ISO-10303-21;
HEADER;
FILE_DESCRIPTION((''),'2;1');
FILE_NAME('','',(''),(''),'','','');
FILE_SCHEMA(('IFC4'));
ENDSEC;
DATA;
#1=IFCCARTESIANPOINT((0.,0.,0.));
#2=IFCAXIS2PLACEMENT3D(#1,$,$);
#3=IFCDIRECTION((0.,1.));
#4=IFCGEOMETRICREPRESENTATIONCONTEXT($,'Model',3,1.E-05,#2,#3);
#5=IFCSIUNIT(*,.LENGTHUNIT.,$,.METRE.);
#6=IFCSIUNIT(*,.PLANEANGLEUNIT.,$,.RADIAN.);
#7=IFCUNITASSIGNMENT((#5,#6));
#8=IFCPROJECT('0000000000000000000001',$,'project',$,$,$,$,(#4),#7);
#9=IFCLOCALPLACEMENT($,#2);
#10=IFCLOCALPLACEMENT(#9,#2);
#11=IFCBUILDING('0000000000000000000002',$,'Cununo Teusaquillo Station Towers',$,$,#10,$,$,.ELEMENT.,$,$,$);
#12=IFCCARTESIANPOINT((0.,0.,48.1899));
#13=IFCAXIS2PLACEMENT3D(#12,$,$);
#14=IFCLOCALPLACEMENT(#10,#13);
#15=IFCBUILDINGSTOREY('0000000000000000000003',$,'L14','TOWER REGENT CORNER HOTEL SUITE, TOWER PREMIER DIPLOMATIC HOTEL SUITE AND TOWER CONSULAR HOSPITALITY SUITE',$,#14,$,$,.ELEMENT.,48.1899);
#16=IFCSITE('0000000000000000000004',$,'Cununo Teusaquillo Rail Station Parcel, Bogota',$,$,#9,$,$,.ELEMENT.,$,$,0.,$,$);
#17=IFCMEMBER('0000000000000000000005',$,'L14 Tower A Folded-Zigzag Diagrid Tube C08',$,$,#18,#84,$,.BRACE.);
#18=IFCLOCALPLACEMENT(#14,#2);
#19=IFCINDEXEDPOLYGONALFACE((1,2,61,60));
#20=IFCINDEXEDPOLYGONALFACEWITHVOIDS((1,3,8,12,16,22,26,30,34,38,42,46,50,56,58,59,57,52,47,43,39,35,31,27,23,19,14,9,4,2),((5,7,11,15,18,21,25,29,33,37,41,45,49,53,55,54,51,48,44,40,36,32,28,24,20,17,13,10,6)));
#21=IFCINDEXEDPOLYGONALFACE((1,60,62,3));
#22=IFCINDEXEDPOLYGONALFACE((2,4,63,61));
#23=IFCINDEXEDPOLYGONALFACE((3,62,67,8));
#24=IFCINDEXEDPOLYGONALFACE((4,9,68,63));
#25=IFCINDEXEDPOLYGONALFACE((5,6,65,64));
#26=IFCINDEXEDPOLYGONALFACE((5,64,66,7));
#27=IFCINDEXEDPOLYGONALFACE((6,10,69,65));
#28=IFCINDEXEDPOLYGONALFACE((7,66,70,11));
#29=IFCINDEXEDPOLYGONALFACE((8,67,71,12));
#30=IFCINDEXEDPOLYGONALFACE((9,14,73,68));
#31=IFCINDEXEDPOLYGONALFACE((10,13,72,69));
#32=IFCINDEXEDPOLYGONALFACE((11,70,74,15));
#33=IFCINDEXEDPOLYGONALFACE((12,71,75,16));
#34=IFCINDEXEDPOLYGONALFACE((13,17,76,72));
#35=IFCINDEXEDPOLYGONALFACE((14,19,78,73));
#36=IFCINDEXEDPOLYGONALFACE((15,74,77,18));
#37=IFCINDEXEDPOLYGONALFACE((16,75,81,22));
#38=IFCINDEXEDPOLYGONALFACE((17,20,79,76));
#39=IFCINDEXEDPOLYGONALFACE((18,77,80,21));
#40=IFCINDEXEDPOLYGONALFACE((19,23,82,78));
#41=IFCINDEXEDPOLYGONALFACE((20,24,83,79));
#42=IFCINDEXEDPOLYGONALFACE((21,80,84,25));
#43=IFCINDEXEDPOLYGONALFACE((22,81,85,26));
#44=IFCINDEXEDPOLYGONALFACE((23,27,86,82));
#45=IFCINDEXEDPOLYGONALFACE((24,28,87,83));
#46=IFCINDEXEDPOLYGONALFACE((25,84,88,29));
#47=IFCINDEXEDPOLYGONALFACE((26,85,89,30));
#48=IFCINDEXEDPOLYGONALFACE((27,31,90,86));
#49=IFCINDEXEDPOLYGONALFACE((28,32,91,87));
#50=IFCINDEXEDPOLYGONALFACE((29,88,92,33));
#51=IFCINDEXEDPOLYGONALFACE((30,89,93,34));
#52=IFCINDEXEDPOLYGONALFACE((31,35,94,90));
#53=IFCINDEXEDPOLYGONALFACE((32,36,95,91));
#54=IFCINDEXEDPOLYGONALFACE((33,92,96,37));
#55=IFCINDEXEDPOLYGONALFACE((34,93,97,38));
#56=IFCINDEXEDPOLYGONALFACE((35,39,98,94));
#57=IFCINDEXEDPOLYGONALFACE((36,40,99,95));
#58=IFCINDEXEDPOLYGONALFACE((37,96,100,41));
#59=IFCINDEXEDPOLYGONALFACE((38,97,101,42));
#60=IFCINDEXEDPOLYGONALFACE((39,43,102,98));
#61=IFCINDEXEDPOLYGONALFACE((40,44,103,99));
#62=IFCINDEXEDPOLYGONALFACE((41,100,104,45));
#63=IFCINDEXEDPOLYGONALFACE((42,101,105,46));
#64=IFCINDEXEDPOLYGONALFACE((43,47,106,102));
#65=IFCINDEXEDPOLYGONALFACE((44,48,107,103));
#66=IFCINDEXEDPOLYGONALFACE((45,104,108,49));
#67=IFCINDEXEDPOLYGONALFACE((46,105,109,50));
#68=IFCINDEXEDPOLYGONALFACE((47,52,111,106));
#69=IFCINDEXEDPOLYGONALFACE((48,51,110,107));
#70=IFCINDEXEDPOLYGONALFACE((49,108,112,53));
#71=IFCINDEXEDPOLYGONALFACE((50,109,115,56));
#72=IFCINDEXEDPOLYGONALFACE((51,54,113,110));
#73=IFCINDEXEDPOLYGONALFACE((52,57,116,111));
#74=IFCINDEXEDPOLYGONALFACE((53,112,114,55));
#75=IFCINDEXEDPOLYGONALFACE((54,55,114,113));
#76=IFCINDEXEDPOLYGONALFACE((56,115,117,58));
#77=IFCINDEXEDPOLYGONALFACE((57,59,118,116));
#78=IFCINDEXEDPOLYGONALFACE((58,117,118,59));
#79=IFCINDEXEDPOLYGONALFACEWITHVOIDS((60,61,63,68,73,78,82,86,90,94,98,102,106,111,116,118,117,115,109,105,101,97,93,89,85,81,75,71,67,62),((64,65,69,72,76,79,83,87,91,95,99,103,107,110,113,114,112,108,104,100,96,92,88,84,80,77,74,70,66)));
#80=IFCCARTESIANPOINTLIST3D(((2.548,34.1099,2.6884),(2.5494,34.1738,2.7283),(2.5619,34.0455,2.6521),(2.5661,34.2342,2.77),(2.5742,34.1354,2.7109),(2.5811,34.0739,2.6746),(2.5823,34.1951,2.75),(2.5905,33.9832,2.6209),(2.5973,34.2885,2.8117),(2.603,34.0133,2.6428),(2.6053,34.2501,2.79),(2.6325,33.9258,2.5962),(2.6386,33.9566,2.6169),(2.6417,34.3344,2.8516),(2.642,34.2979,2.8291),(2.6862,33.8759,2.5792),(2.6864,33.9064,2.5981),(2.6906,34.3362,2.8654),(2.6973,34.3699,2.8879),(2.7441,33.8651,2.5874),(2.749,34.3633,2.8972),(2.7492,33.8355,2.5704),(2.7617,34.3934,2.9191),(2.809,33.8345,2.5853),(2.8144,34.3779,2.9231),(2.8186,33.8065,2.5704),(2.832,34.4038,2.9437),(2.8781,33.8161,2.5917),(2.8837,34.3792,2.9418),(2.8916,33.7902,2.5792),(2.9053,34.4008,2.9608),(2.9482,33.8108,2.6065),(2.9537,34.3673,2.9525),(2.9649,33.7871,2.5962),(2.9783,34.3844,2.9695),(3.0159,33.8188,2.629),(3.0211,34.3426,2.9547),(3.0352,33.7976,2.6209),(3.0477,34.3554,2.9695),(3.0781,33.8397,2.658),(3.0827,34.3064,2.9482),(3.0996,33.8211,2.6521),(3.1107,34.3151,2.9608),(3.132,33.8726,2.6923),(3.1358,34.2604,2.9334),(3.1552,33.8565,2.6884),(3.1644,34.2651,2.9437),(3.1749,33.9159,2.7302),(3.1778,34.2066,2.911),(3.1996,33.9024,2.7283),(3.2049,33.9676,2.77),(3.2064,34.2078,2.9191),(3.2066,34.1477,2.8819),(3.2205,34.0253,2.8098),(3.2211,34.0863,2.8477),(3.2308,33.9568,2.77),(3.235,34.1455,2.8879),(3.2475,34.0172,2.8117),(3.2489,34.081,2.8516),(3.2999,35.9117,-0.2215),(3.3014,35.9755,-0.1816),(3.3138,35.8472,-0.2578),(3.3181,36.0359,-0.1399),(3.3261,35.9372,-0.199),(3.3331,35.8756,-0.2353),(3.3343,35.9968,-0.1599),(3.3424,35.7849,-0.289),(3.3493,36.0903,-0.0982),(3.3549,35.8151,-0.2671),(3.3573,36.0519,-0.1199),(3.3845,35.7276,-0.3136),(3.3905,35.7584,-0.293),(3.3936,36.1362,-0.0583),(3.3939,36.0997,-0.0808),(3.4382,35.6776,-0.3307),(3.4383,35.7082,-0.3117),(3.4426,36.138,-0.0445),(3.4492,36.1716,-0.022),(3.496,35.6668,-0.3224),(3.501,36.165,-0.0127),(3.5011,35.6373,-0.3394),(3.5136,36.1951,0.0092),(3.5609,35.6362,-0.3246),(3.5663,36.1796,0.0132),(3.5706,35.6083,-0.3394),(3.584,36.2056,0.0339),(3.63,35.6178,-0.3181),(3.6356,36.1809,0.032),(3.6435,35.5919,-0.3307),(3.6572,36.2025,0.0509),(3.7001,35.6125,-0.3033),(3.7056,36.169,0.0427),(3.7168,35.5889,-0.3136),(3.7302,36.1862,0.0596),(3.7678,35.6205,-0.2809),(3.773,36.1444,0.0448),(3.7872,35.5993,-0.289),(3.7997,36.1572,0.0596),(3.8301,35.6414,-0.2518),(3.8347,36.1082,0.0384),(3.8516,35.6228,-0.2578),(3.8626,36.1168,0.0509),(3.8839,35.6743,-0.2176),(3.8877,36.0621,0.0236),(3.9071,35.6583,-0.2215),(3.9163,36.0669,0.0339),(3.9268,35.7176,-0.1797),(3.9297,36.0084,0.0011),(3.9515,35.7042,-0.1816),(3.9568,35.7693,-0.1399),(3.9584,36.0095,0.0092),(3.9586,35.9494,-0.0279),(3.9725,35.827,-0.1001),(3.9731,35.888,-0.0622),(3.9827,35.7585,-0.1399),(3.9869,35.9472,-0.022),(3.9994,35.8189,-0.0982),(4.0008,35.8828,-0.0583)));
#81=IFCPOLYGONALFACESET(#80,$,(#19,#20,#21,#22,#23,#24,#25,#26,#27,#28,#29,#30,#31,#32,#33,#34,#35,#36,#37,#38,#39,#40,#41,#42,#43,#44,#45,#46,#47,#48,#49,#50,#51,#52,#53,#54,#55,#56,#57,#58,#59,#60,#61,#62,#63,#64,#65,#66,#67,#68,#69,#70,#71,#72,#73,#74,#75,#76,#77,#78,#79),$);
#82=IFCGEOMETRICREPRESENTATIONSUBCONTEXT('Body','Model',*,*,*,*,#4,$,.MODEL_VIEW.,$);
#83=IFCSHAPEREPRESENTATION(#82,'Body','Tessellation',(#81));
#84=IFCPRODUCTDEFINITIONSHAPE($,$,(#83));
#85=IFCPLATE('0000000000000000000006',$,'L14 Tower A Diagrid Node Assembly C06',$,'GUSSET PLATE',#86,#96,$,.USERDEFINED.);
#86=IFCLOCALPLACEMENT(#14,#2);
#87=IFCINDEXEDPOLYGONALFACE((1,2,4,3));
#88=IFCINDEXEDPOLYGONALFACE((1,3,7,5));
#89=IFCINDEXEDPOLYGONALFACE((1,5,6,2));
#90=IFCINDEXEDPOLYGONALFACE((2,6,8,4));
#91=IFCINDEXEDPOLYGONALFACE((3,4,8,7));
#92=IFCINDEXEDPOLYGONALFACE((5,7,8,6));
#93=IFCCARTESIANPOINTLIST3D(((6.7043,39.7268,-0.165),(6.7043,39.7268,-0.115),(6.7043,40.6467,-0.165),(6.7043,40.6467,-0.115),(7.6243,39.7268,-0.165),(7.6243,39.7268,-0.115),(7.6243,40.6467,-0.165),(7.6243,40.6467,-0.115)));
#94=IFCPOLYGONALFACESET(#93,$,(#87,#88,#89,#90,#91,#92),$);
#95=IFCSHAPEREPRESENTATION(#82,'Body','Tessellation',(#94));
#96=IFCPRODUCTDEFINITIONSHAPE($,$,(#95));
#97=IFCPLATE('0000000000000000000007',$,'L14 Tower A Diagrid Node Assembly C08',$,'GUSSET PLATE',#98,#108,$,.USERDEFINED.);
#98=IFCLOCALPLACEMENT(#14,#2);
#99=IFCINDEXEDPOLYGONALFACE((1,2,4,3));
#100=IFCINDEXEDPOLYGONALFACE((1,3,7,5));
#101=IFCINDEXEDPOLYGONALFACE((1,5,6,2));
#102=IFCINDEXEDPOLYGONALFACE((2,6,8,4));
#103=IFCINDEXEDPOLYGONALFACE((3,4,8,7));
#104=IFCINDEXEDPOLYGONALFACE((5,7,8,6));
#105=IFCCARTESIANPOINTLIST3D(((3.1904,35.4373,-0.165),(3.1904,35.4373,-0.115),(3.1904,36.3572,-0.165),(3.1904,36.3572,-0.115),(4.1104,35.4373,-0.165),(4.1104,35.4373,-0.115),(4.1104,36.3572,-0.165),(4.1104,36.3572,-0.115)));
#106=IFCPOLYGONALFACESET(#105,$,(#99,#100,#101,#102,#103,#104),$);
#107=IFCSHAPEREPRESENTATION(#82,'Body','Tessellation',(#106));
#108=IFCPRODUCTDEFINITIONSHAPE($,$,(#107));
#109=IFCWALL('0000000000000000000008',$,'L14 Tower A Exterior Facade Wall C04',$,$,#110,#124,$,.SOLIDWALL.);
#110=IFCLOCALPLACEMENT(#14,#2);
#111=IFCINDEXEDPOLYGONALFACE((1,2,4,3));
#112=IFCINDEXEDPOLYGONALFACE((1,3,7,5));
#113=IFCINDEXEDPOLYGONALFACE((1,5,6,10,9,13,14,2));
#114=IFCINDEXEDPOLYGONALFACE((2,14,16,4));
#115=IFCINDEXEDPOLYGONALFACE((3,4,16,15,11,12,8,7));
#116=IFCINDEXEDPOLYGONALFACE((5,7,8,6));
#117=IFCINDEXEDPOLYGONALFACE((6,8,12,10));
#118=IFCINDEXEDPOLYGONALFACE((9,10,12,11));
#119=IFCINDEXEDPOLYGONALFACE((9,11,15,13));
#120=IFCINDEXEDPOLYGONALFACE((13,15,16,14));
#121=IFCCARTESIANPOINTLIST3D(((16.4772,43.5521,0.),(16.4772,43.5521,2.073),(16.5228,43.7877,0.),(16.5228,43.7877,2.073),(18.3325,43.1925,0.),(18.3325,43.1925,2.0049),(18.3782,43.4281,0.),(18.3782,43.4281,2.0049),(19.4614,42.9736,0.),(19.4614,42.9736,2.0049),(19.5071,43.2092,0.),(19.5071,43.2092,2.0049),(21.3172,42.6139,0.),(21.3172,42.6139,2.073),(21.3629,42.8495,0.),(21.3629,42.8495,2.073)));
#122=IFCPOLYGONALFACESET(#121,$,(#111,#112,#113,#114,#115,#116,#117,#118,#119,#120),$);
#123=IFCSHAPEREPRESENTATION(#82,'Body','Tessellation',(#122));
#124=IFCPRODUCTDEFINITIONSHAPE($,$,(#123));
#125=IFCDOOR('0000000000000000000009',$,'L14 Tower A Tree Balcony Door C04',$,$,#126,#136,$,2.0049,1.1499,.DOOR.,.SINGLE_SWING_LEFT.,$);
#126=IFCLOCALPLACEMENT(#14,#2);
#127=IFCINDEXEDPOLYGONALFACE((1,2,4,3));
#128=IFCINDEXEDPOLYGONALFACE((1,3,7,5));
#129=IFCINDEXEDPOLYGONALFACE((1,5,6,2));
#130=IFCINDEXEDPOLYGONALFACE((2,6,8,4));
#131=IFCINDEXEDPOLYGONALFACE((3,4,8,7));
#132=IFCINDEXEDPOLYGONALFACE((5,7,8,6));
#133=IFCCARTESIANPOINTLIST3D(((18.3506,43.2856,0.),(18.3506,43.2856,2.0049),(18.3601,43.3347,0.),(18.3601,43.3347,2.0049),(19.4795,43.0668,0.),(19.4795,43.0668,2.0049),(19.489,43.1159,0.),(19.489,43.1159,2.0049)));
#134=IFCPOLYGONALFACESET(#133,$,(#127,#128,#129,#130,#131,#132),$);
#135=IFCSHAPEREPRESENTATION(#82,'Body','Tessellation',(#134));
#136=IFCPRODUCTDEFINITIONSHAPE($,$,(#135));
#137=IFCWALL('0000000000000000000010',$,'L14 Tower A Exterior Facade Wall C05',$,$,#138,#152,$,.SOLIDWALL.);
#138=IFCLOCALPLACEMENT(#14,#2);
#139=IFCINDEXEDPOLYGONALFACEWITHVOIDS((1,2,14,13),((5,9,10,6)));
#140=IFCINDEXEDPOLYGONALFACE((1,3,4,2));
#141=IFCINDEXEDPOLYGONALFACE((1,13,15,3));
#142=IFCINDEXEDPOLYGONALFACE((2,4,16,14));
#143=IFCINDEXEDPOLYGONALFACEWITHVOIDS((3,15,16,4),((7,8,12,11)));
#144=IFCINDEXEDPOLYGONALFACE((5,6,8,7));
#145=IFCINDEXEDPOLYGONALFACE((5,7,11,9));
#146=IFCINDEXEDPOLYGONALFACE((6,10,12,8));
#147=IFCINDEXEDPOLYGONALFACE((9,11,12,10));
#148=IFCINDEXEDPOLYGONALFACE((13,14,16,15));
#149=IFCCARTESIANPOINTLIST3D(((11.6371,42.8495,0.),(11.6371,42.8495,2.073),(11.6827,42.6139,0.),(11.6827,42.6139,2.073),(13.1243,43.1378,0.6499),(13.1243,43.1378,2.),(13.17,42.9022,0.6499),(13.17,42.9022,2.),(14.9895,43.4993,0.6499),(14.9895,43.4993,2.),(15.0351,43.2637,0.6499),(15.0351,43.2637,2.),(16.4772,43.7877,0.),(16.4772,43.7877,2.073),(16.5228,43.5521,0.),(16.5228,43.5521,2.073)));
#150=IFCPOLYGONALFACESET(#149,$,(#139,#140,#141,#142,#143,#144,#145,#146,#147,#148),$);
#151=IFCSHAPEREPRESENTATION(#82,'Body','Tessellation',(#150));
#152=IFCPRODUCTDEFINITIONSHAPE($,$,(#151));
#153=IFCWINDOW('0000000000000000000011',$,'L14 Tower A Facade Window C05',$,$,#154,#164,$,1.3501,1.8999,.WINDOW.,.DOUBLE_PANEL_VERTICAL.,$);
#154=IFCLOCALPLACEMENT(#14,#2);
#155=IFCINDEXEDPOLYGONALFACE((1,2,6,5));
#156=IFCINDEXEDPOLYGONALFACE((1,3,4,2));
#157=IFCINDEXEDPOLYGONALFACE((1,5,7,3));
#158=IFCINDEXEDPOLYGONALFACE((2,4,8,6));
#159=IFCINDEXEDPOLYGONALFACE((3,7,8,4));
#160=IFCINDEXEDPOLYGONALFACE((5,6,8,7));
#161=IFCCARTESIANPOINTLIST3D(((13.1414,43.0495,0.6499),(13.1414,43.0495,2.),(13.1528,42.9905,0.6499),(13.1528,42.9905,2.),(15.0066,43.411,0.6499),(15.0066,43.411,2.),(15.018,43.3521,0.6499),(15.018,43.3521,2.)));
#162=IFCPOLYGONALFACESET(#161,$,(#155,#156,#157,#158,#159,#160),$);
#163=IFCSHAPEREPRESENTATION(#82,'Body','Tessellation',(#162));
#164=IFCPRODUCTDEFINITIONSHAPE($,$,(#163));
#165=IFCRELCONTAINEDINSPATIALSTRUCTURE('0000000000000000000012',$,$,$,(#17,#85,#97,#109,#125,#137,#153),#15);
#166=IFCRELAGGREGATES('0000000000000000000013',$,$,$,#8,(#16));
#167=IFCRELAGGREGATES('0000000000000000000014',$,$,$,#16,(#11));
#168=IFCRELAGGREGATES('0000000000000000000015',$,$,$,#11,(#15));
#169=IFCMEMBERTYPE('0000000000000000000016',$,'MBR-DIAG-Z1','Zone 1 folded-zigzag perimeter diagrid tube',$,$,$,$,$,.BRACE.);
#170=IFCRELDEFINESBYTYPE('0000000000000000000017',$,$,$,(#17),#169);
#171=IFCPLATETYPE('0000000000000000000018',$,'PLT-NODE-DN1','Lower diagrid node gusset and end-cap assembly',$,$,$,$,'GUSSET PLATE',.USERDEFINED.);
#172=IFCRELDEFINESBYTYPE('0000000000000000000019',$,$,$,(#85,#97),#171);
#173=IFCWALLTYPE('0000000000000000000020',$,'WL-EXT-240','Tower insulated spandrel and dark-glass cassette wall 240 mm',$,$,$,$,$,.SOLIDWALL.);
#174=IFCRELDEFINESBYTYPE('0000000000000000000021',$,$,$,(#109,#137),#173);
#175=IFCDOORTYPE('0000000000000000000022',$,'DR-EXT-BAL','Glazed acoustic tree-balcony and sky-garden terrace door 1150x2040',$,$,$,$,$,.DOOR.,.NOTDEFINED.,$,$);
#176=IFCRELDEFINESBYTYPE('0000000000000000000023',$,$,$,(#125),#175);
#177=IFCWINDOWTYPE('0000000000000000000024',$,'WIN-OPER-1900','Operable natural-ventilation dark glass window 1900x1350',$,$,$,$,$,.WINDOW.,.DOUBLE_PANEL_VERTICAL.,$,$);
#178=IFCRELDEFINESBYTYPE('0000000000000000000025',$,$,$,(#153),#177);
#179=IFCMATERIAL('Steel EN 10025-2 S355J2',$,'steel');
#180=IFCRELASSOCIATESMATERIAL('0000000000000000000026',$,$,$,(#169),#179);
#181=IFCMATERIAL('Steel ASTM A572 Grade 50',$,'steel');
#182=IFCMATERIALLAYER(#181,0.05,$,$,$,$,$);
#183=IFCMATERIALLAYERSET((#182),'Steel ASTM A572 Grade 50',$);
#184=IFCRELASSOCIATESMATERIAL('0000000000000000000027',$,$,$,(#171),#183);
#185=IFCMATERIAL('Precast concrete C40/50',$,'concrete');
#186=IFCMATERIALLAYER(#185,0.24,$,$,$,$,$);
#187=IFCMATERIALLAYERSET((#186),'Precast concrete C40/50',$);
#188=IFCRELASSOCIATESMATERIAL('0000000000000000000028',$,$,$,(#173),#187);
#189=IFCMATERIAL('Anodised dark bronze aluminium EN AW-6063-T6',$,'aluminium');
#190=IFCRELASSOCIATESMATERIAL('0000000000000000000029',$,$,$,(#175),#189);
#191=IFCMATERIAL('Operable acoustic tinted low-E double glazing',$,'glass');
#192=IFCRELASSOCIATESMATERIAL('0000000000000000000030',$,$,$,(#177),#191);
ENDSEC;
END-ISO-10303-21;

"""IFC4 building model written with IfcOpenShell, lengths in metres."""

from ifc_helpers import new_model, si_unit, direction, frame, frame_2d, origin, origin_2d, place, context, subcontext, project, spatial, rectangle, hollow_circle, extrude, source, transform, mapped, material, layer, layer_set, material_profile, profile_set, type_object, element, fill, save


model = new_model("IFC4")

# Units and contexts
model_context = context("Model", 3, precision=1e-05, world=origin(), true_north=direction((0.0, 1.0)))
body_context = subcontext(model_context, "Body", "Model", "MODEL_VIEW")
ifc_project = project(units=[si_unit("LENGTHUNIT", "METRE"), si_unit("PLANEANGLEUNIT", "RADIAN")], contexts=[model_context])

# Site, building, storey
site_placement = place(None, origin())
site = spatial("IfcSite", under=ifc_project, at=site_placement, Name="Cununo Teusaquillo Rail Station Parcel, Bogota", CompositionType="ELEMENT", RefElevation=0.0)
building_placement = place(site_placement, origin())
building = spatial("IfcBuilding", under=site, at=building_placement, Name="Cununo Teusaquillo Station Towers", CompositionType="ELEMENT")
storey_placement = place(building_placement, frame((0.0, 0.0, 48.1899)))
storey = spatial("IfcBuildingStorey", under=building, at=storey_placement, Name="L14", Description="TOWER REGENT CORNER HOTEL SUITE, TOWER PREMIER DIPLOMATIC HOTEL SUITE AND TOWER CONSULAR HOSPITALITY SUITE", CompositionType="ELEMENT", Elevation=48.1899)

# Member
ifc_material_1 = material(Name="Steel EN 10025-2 S355J2", Category="steel")
ifc_material_profile_1 = material_profile(ifc_material_1, hollow_circle(Radius=0.3601, WallThickness=0.0281, at=origin_2d()), Name="CHS 720x28")
ifc_profile_set_1 = profile_set([ifc_material_profile_1], Name="Steel EN 10025-2 S355J2")
member_type = type_object("IfcMemberType", Name="MBR-DIAG-Z1", Description="Zone 1 folded-zigzag perimeter diagrid tube", PredefinedType="BRACE", material=ifc_profile_set_1)
member_1_placement = place(storey_placement, frame((3.6504, 35.8972, -0.1399), z_axis=(-0.214587, -0.514172, 0.830409), x_axis=(0.922855, -0.385148, 0.0)))
element("IfcMember", 1, at=member_1_placement, inside=storey, type_object=member_type, Name="L14 Tower A Folded-Zigzag Diagrid Tube C08", PredefinedType="BRACE", context=body_context, shape_type="SweptSolid", body=[
    extrude(hollow_circle(Radius=0.3601, WallThickness=0.0281, at=origin_2d()), origin(), (0.0, 0.0, 1.0), 3.5042),
])

# Plates
ifc_material_2 = material(Name="Steel ASTM A572 Grade 50", Category="steel")
ifc_layer_1 = layer(ifc_material_2, 0.05)
ifc_layer_set_1 = layer_set([ifc_layer_1], Name="Steel ASTM A572 Grade 50")
plate_type = type_object("IfcPlateType", Name="PLT-NODE-DN1", Description="Lower diagrid node gusset and end-cap assembly", ElementType="GUSSET PLATE", PredefinedType="USERDEFINED", material=ifc_layer_set_1)
shared_shape_1 = source(origin(), body_context, "Body", "SweptSolid", [
    extrude(rectangle(XDim=0.9199, YDim=0.9199, at=origin_2d()), origin(), (0.0, 0.0, 1.0), 0.05),
])
for number, where, z_axis, x_axis, name in (
    (2, (7.1643, 40.1868, -0.165), (0.0, 0.0, 1.0), (1.0, 0.0, 0.0), "L14 Tower A Diagrid Node Assembly C06"),
    (3, (3.6504, 35.8972, -0.165), (0.0, 0.0, 1.0), (1.0, 0.0, 0.0), "L14 Tower A Diagrid Node Assembly C08"),
):
    element("IfcPlate", number, at=place(storey_placement, frame(where, z_axis=z_axis, x_axis=x_axis)), inside=storey, type_object=plate_type, Name=name, ObjectType="GUSSET PLATE", PredefinedType="USERDEFINED", context=body_context, shape_type="MappedRepresentation", body=[
        mapped(shared_shape_1, transform((0.0, 0.0, 0.0), x_axis=(1.0, 0.0, 0.0), y_axis=(0.0, 1.0, 0.0), z_axis=(0.0, 0.0, 1.0), scale=1.0)),
    ])

# Wall, opening, door
ifc_material_3 = material(Name="Precast concrete C40/50", Category="concrete")
ifc_layer_2 = layer(ifc_material_3, 0.24)
ifc_layer_set_2 = layer_set([ifc_layer_2], Name="Precast concrete C40/50")
wall_type_1 = type_object("IfcWallType", Name="WL-EXT-240", Description="Tower insulated spandrel and dark-glass cassette wall 240 mm", PredefinedType="SOLIDWALL", material=ifc_layer_set_2)
wall_1_placement = place(storey_placement, frame((16.5, 43.6699, 0.0), z_axis=(0.0, 0.0, 1.0), x_axis=(0.981725, -0.190304, 0.0)))
wall_1 = element("IfcWall", 4, at=wall_1_placement, inside=storey, type_object=wall_type_1, Name="L14 Tower A Exterior Facade Wall C04", PredefinedType="SOLIDWALL", context=body_context, shape_type="SweptSolid", body=[
    extrude(rectangle(XDim=4.9302, YDim=0.24, at=frame_2d((2.4651, 0.0))), origin(), (0.0, 0.0, 1.0), 2.073),
])
shared_shape_2 = source(origin(), body_context, "Body", "SweptSolid", [
    extrude(rectangle(XDim=1.1499, YDim=2.0049, at=frame_2d((0.575, 1.0024))), frame((0.0, 0.1299, 0.0), z_axis=(0.0, -1.0, 0.0), x_axis=(1.0, 0.0, 0.0)), (0.0, 0.0, 1.0), 0.26),
])
opening_1_placement = place(wall_1_placement, frame((1.8899, 0.0, 0.0)))
opening_1 = element("IfcOpeningElement", 5, at=opening_1_placement, cuts=wall_1, PredefinedType="OPENING", context=body_context, shape_type="MappedRepresentation", body=[
    mapped(shared_shape_2, transform((0.0, 0.0, 0.0), x_axis=(1.0, 0.0, 0.0), y_axis=(0.0, 1.0, 0.0), z_axis=(0.0, 0.0, 1.0), scale=1.0)),
])
ifc_material_4 = material(Name="Anodised dark bronze aluminium EN AW-6063-T6", Category="aluminium")
door_type_1 = type_object("IfcDoorType", Name="DR-EXT-BAL", Description="Glazed acoustic tree-balcony and sky-garden terrace door 1150x2040", OperationType="NOTDEFINED", PredefinedType="DOOR", material=ifc_material_4)
shared_shape_3 = source(origin(), body_context, "Body", "SweptSolid", [
    extrude(rectangle(XDim=1.1499, YDim=2.0049, at=frame_2d((0.575, 1.0024))), frame((0.0, 0.0249, 0.0), z_axis=(0.0, -1.0, 0.0), x_axis=(1.0, 0.0, 0.0)), (0.0, 0.0, 1.0), 0.05),
])
door_1_placement = place(opening_1_placement, origin())
door_1 = element("IfcDoor", 6, at=door_1_placement, inside=storey, type_object=door_type_1, Name="L14 Tower A Tree Balcony Door C04", OperationType="SINGLE_SWING_LEFT", OverallHeight=2.0049, OverallWidth=1.1499, PredefinedType="DOOR", context=body_context, shape_type="MappedRepresentation", body=[
    mapped(shared_shape_3, transform((0.0, 0.0, 0.0), x_axis=(1.0, 0.0, 0.0), y_axis=(0.0, 1.0, 0.0), z_axis=(0.0, 0.0, 1.0), scale=1.0)),
])
fill(opening_1, door_1)

# Wall, opening, window
wall_2_placement = place(storey_placement, frame((11.6599, 42.7317, 0.0), z_axis=(0.0, 0.0, 1.0), x_axis=(0.981725, 0.190304, 0.0)))
wall_2 = element("IfcWall", 7, at=wall_2_placement, inside=storey, type_object=wall_type_1, Name="L14 Tower A Exterior Facade Wall C05", PredefinedType="SOLIDWALL", context=body_context, shape_type="SweptSolid", body=[
    extrude(rectangle(XDim=4.9302, YDim=0.24, at=frame_2d((2.4651, 0.0))), origin(), (0.0, 0.0, 1.0), 2.073),
])
shared_shape_4 = source(origin(), body_context, "Body", "SweptSolid", [
    extrude(rectangle(XDim=1.8999, YDim=1.3501, at=frame_2d((0.95, 0.675))), frame((0.0, 0.1299, 0.0), z_axis=(0.0, -1.0, 0.0), x_axis=(1.0, 0.0, 0.0)), (0.0, 0.0, 1.0), 0.26),
])
opening_2_placement = place(wall_2_placement, frame((1.5149, 0.0, 0.6499)))
opening_2 = element("IfcOpeningElement", 8, at=opening_2_placement, cuts=wall_2, PredefinedType="OPENING", context=body_context, shape_type="MappedRepresentation", body=[
    mapped(shared_shape_4, transform((0.0, 0.0, 0.0), x_axis=(1.0, 0.0, 0.0), y_axis=(0.0, 1.0, 0.0), z_axis=(0.0, 0.0, 1.0), scale=1.0)),
])
ifc_material_5 = material(Name="Operable acoustic tinted low-E double glazing", Category="glass")
window_type = type_object("IfcWindowType", Name="WIN-OPER-1900", Description="Operable natural-ventilation dark glass window 1900x1350", PartitioningType="DOUBLE_PANEL_VERTICAL", PredefinedType="WINDOW", material=ifc_material_5)
shared_shape_5 = source(origin(), body_context, "Body", "SweptSolid", [
    extrude(rectangle(XDim=1.8999, YDim=1.3501, at=frame_2d((0.95, 0.675))), frame((0.0, 0.03, 0.0), z_axis=(0.0, -1.0, 0.0), x_axis=(1.0, 0.0, 0.0)), (0.0, 0.0, 1.0), 0.0601),
])
window_placement = place(opening_2_placement, origin())
window = element("IfcWindow", 9, at=window_placement, inside=storey, type_object=window_type, Name="L14 Tower A Facade Window C05", OverallHeight=1.3501, OverallWidth=1.8999, PartitioningType="DOUBLE_PANEL_VERTICAL", PredefinedType="WINDOW", context=body_context, shape_type="MappedRepresentation", body=[
    mapped(shared_shape_5, transform((0.0, 0.0, 0.0), x_axis=(1.0, 0.0, 0.0), y_axis=(0.0, 1.0, 0.0), z_axis=(0.0, 0.0, 1.0), scale=1.0)),
])
fill(opening_2, window)

save(model, "model.ifc")
